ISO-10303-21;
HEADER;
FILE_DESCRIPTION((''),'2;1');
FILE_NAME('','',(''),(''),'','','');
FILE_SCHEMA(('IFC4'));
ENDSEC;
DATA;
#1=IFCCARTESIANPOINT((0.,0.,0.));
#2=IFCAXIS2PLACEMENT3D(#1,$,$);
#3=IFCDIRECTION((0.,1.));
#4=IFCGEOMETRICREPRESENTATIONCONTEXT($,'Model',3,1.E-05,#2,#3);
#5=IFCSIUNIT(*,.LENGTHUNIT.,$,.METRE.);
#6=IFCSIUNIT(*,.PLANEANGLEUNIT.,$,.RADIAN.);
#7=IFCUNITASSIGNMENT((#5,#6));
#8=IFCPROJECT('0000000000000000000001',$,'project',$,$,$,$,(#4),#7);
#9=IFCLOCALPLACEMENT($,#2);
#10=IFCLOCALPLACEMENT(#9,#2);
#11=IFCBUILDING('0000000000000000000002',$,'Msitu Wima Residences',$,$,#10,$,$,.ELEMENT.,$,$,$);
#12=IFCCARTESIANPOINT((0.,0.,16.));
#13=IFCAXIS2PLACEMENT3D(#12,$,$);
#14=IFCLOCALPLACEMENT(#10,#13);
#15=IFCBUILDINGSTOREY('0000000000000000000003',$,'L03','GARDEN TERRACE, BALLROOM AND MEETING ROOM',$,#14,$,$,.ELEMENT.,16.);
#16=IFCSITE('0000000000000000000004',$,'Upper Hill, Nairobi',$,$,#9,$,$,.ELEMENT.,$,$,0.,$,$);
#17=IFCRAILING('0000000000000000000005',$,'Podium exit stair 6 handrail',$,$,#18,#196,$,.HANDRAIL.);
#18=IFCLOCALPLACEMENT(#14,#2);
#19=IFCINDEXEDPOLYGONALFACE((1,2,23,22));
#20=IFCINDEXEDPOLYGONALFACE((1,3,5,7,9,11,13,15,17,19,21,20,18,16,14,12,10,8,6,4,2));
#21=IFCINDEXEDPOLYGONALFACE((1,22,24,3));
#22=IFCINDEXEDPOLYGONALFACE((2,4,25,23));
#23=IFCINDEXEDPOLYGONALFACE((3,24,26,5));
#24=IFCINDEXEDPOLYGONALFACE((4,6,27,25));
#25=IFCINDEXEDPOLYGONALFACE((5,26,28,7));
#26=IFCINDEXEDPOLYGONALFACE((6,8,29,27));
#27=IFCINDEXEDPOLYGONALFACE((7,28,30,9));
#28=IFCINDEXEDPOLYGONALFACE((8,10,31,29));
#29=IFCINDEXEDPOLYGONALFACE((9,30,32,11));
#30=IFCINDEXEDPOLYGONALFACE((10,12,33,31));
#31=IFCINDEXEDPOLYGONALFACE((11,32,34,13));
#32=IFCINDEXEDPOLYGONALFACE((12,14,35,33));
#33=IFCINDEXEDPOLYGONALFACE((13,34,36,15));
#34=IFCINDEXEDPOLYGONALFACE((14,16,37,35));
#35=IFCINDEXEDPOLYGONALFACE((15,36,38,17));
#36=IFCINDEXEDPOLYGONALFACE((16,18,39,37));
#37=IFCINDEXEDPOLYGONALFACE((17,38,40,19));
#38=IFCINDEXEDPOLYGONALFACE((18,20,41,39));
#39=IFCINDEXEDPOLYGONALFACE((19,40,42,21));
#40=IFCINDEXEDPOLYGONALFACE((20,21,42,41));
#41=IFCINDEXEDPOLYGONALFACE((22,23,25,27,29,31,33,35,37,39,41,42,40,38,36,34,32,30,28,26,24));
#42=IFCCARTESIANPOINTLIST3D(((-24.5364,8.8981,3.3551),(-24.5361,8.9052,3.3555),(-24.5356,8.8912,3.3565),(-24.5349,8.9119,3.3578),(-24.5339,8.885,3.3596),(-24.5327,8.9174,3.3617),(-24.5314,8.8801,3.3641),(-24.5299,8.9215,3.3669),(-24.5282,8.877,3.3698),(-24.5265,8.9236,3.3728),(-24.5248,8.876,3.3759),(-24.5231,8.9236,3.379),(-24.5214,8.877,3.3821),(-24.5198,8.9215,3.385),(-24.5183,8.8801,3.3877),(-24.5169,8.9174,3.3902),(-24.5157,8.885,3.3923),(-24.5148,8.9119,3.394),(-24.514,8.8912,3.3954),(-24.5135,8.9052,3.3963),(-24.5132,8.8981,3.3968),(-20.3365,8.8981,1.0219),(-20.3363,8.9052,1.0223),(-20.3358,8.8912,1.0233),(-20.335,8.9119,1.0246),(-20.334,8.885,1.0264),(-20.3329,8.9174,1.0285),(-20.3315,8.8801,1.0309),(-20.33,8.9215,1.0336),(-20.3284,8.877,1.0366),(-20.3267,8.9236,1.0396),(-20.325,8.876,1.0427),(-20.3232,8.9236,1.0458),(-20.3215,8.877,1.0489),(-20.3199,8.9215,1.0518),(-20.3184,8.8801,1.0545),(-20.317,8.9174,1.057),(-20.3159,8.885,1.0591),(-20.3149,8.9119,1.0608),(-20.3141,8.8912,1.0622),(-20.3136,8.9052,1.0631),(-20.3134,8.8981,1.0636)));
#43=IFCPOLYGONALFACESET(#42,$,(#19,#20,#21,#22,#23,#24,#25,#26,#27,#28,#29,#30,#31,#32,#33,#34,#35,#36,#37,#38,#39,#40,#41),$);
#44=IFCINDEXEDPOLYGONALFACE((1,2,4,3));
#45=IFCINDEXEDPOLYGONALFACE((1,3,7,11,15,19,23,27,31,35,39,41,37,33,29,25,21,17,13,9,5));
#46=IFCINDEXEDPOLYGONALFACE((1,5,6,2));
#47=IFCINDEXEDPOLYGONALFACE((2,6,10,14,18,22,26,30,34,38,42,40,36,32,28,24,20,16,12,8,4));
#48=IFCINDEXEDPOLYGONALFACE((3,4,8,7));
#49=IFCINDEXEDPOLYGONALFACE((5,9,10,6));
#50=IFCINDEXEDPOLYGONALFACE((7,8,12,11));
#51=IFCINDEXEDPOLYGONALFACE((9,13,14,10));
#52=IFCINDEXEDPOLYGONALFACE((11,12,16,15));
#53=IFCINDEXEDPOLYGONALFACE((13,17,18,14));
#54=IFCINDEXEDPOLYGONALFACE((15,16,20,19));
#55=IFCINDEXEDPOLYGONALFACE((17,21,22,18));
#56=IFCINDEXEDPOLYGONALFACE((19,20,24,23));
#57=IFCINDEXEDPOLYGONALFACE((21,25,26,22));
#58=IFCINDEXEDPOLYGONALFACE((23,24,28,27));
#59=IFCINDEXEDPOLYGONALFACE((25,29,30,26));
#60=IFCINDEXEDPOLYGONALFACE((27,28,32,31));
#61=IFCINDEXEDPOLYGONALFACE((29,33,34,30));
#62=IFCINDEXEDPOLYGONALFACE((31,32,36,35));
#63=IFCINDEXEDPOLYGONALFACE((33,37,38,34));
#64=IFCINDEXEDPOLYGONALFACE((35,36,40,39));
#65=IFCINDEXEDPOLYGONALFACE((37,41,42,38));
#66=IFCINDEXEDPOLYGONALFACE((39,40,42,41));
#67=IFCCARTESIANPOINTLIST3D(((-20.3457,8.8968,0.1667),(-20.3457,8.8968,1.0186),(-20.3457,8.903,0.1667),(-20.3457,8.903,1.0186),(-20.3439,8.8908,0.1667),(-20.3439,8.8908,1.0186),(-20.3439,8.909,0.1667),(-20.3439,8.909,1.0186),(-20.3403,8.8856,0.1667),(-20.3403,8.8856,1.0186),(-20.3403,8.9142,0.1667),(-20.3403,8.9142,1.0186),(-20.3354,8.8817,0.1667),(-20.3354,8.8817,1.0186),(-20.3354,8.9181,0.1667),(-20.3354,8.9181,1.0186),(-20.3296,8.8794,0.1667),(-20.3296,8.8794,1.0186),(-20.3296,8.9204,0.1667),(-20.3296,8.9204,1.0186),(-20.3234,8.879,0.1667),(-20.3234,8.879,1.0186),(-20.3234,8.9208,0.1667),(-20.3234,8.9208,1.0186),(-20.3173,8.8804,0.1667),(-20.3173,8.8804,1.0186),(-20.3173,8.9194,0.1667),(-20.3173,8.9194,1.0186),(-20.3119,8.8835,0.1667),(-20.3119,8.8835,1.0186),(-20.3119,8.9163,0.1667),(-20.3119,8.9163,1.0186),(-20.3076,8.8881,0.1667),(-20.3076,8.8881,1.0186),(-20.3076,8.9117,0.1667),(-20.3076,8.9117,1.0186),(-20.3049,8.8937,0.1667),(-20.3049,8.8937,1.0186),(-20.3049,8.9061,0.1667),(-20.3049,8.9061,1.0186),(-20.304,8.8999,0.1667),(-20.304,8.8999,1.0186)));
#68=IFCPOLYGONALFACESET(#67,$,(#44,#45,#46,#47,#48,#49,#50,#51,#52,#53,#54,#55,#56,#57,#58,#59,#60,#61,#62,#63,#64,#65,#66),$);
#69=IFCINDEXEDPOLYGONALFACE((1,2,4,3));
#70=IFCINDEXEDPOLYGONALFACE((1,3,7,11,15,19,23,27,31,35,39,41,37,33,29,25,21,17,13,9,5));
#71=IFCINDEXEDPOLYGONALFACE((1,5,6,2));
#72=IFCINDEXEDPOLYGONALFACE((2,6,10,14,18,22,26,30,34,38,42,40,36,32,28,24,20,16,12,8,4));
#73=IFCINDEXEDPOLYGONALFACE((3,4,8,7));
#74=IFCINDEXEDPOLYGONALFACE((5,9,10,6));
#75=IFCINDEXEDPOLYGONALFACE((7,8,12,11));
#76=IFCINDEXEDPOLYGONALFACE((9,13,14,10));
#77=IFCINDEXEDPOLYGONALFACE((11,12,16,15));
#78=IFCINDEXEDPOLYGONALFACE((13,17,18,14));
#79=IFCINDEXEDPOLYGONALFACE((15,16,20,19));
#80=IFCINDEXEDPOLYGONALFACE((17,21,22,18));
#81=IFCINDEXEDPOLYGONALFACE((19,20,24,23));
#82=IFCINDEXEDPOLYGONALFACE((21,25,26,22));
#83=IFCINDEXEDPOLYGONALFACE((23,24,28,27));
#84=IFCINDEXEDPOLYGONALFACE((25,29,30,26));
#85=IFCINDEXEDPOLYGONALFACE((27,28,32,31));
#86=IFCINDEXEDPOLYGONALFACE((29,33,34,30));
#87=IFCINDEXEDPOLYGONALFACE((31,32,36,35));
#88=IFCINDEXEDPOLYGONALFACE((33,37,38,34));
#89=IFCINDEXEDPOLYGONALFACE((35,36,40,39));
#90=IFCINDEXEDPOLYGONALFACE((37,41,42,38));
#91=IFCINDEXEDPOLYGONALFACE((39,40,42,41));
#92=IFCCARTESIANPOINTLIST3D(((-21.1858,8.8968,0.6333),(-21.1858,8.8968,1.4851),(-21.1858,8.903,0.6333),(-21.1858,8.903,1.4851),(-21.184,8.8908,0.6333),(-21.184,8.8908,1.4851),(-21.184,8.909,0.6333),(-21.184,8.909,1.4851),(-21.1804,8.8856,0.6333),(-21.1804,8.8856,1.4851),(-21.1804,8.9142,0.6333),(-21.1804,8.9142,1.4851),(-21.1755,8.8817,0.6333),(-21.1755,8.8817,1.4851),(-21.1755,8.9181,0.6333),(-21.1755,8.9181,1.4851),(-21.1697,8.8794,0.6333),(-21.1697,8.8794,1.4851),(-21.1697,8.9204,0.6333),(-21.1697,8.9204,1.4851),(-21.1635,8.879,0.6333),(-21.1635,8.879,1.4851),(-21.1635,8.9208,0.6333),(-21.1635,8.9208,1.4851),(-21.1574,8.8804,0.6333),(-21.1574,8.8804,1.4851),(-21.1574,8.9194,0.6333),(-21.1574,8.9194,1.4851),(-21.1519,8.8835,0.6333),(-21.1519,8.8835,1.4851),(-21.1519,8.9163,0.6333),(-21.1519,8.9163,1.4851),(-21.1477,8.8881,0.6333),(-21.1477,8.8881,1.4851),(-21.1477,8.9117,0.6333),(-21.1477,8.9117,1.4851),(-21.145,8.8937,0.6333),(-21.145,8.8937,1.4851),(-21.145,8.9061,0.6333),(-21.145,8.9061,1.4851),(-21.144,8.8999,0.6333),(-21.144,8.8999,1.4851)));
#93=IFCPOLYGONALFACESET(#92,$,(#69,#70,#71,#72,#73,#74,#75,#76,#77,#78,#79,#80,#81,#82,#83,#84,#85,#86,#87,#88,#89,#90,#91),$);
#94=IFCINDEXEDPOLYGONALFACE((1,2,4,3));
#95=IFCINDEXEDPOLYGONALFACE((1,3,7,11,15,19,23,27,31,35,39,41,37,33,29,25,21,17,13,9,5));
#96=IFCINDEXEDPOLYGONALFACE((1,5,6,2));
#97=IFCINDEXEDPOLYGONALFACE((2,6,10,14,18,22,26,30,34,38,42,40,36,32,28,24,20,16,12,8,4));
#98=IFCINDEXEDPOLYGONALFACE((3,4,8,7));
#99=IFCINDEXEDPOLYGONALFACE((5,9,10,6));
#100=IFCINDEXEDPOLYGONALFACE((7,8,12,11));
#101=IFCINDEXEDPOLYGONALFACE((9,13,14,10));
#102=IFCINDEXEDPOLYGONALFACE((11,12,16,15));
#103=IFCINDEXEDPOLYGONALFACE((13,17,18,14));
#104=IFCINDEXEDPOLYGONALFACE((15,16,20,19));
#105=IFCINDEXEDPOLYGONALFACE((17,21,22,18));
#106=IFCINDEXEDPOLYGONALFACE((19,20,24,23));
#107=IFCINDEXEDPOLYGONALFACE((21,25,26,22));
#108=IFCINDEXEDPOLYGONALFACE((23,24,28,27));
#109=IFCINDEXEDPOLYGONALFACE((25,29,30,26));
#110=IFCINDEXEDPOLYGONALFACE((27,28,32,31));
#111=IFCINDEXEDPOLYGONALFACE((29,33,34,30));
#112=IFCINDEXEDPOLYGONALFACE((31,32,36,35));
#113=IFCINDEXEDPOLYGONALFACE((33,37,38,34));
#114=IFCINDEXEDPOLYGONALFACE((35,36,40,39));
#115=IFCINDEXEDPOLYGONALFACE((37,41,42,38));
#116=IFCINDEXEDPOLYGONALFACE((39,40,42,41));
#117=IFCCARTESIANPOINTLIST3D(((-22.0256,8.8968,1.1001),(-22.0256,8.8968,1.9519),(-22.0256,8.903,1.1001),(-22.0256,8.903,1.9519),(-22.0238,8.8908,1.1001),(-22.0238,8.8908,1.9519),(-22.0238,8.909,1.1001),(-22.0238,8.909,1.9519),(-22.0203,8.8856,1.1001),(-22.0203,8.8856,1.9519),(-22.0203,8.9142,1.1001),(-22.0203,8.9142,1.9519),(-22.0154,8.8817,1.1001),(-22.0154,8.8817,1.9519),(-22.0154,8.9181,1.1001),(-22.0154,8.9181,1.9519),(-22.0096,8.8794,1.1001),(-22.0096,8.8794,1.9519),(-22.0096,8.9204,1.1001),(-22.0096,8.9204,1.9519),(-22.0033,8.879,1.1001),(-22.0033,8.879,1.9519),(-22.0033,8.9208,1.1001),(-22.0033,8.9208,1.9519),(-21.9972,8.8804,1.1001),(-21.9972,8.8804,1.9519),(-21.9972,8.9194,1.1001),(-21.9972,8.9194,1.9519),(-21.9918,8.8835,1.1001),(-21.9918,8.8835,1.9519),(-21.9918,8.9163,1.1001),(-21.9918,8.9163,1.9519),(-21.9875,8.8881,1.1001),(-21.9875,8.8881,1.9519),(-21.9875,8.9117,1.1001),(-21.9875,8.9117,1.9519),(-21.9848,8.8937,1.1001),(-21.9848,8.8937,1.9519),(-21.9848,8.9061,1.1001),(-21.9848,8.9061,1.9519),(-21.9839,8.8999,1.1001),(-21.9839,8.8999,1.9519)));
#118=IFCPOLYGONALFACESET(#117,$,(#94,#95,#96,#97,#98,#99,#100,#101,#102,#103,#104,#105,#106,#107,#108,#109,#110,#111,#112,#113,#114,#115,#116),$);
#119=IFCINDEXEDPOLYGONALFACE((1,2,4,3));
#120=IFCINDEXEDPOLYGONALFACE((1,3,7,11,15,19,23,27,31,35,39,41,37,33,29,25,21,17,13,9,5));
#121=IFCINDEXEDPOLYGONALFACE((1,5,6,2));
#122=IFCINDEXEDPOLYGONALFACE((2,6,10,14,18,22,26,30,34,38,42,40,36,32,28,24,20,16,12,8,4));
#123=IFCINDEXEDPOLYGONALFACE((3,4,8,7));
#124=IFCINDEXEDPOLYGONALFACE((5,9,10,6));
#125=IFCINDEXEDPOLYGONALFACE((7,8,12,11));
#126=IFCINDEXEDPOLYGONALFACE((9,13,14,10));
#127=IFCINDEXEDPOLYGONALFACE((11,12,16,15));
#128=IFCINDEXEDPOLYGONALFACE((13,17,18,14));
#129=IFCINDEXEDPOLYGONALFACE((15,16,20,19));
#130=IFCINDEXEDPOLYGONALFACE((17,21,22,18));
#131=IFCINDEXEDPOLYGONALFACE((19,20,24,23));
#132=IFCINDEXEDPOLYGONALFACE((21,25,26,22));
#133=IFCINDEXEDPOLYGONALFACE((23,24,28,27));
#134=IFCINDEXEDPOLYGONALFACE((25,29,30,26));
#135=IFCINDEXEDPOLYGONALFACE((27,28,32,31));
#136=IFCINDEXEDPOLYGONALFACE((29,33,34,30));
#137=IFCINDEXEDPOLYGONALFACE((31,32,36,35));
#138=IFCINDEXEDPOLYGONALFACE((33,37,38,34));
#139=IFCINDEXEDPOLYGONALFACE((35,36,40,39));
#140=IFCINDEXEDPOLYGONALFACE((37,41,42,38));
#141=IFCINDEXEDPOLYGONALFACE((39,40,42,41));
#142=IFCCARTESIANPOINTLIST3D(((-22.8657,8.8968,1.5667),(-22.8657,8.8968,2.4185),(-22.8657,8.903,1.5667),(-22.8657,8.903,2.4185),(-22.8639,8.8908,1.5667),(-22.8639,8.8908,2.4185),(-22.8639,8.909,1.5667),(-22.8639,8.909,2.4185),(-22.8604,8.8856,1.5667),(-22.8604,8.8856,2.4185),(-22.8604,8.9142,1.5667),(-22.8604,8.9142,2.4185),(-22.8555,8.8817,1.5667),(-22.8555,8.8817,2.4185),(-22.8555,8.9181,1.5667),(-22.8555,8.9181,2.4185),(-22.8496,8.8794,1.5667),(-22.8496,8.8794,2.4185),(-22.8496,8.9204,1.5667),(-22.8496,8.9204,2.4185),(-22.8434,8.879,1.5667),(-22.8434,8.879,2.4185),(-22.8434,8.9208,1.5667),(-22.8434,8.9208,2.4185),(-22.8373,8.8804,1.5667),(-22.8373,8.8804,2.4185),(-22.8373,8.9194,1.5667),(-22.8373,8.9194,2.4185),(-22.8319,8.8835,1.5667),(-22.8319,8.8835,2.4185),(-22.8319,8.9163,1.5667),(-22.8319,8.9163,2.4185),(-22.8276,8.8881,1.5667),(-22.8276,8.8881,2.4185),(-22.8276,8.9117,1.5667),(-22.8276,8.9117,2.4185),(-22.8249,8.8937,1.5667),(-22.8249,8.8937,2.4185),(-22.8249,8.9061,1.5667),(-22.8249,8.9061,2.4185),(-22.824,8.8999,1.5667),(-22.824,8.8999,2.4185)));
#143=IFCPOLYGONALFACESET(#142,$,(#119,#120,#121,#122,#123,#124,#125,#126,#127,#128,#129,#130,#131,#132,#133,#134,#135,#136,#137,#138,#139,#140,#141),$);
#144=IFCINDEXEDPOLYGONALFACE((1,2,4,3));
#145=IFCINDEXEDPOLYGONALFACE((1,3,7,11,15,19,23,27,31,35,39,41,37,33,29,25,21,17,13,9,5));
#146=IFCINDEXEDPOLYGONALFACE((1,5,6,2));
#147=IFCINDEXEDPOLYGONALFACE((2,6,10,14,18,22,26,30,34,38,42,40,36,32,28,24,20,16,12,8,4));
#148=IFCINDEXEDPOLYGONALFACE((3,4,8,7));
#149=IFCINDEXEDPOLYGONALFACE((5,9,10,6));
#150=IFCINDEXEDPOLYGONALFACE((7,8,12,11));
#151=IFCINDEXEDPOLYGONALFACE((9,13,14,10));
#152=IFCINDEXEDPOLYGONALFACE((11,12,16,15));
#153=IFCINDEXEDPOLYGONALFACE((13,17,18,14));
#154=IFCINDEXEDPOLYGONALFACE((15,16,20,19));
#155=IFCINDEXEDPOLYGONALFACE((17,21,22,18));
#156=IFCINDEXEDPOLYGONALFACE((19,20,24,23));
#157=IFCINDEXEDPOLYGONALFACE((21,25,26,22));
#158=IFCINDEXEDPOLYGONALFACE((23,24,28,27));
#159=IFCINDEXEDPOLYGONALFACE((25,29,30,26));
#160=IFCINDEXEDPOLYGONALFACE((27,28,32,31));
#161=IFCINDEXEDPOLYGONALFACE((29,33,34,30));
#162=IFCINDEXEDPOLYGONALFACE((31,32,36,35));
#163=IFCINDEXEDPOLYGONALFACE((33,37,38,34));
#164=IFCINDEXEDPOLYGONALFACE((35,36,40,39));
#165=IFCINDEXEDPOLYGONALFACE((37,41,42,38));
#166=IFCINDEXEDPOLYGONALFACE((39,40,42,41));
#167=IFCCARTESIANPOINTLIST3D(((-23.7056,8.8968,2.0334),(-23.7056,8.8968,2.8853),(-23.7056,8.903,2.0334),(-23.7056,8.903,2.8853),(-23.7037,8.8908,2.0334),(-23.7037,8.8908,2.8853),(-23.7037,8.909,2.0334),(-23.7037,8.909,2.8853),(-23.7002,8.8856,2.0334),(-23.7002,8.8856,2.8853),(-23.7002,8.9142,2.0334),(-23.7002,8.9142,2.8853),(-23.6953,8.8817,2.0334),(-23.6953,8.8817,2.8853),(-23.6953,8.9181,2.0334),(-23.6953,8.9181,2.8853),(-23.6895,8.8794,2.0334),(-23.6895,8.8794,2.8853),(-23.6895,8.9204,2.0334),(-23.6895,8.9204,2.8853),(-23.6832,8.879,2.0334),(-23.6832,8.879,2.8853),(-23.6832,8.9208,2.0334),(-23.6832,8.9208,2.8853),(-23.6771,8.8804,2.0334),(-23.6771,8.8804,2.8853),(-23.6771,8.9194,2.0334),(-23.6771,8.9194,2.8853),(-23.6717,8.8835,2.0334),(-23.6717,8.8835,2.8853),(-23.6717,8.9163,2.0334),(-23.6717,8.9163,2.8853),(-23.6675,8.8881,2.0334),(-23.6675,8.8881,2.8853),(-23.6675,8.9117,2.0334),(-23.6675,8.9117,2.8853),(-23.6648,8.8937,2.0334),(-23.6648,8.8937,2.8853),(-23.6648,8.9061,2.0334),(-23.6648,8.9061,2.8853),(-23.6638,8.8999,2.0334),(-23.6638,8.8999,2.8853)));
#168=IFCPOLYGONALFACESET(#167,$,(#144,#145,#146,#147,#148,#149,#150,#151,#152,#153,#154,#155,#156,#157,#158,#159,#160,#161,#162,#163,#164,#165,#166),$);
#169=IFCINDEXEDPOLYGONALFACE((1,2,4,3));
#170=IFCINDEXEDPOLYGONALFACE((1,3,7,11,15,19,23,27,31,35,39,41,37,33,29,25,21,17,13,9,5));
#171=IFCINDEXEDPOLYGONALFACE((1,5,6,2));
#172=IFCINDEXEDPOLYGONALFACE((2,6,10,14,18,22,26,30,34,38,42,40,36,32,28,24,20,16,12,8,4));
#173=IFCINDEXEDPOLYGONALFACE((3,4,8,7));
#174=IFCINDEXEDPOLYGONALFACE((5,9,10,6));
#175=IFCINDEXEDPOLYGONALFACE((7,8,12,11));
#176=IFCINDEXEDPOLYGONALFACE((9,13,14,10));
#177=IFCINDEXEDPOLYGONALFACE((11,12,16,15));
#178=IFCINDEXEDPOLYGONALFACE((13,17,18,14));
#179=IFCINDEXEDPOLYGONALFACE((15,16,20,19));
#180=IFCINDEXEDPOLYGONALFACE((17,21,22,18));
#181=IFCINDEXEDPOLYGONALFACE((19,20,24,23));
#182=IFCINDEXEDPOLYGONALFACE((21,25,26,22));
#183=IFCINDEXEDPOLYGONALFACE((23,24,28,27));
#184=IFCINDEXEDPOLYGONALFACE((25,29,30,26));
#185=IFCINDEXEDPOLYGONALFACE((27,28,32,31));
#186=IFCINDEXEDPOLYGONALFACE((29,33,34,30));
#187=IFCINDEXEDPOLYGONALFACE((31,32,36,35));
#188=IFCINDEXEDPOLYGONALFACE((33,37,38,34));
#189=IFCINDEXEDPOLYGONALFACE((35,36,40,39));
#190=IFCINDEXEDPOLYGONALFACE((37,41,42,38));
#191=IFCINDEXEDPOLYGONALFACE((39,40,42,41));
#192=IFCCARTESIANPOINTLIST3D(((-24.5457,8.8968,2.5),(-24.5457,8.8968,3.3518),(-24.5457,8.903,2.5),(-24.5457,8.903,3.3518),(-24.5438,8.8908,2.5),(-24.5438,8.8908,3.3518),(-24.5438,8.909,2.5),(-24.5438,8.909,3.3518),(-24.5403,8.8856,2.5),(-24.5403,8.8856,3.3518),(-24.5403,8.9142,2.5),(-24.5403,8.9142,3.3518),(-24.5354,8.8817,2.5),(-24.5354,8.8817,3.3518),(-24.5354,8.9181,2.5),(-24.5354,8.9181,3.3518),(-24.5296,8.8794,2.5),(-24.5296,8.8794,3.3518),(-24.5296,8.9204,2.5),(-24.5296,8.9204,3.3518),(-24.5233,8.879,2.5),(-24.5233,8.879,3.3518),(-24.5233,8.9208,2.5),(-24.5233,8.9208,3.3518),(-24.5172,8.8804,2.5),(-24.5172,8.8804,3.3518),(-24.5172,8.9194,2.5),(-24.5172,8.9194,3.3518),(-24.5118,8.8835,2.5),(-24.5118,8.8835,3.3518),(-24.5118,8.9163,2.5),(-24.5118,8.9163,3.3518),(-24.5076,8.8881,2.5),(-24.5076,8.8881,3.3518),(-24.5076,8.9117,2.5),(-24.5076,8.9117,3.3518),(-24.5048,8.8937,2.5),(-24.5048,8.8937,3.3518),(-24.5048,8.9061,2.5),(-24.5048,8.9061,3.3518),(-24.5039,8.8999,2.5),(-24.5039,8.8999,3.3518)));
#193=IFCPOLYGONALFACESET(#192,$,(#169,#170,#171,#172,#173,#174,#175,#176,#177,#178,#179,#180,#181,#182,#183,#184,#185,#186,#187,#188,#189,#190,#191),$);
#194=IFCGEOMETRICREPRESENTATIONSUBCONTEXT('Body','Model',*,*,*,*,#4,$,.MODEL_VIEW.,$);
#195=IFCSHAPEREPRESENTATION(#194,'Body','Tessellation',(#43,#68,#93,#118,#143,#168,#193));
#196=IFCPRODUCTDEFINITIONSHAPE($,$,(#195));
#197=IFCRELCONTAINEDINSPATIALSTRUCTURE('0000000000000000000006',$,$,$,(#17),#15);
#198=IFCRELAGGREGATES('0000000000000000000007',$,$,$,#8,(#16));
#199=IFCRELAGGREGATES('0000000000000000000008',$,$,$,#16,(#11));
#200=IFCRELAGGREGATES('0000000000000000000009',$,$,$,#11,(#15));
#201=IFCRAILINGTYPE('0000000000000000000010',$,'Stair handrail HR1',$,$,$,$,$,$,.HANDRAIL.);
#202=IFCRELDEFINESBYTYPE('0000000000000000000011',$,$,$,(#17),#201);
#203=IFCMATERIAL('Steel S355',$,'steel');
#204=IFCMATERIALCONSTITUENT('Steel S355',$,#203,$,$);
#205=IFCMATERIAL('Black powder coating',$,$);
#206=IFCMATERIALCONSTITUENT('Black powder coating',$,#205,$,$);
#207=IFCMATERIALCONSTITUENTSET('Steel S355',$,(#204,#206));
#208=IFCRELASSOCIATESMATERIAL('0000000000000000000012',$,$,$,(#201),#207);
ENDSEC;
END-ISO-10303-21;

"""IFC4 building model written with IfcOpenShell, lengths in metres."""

from ifc_helpers import new_model, si_unit, direction, frame, origin, origin_2d, place, context, subcontext, project, spatial, circle, extrude, material, constituent, constituent_set, type_object, element, save


model = new_model("IFC4")

# Units and contexts
model_context = context("Model", 3, precision=1e-05, world=origin(), true_north=direction((0.0, 1.0)))
body_context = subcontext(model_context, "Body", "Model", "MODEL_VIEW")
ifc_project = project(units=[si_unit("LENGTHUNIT", "METRE"), si_unit("PLANEANGLEUNIT", "RADIAN")], contexts=[model_context])

# Site, building, storey
site_placement = place(None, origin())
site = spatial("IfcSite", under=ifc_project, at=site_placement, Name="Upper Hill, Nairobi", CompositionType="ELEMENT", RefElevation=0.0)
building_placement = place(site_placement, origin())
building = spatial("IfcBuilding", under=site, at=building_placement, Name="Msitu Wima Residences", CompositionType="ELEMENT")
storey_placement = place(building_placement, frame((0.0, 0.0, 16.0)))
storey = spatial("IfcBuildingStorey", under=building, at=storey_placement, Name="L03", Description="GARDEN TERRACE, BALLROOM AND MEETING ROOM", CompositionType="ELEMENT", Elevation=16.0)

# Railing
ifc_material_1 = material(Name="Steel S355", Category="steel")
ifc_constituent_1 = constituent(ifc_material_1, Name="Steel S355")
ifc_material_2 = material(Name="Black powder coating")
ifc_constituent_2 = constituent(ifc_material_2, Name="Black powder coating")
ifc_constituent_set = constituent_set(constituents=[ifc_constituent_1, ifc_constituent_2], Name="Steel S355")
railing_type = type_object("IfcRailingType", Name="Stair handrail HR1", PredefinedType="HANDRAIL", material=ifc_constituent_set)
for number, where, name in (
    (1, (-20.325, 8.8999, 0.1667), "Podium exit stair 6 handrail"),
):
    element("IfcRailing", number, at=place(storey_placement, frame(where)), inside=storey, type_object=railing_type, Name=name, PredefinedType="HANDRAIL", context=body_context, shape_type="SweptSolid", body=[
        extrude(circle(Radius=0.0239, at=origin_2d()), frame((0.0, 0.0, 0.876), z_axis=(-0.874162, 0.0, 0.485634), x_axis=(0.0, -1.0, 0.0)), (0.0, 0.0, 1.0), 4.8044),
        extrude(circle(Radius=0.021, at=origin_2d()), origin(), (0.0, 0.0, 1.0), 0.8518),
        extrude(circle(Radius=0.021, at=origin_2d()), frame((-0.8401, 0.0, 0.4666)), (0.0, 0.0, 1.0), 0.8518),
        extrude(circle(Radius=0.021, at=origin_2d()), frame((-1.6799, 0.0, 0.9333)), (0.0, 0.0, 1.0), 0.8518),
        extrude(circle(Radius=0.021, at=origin_2d()), frame((-2.52, 0.0, 1.3999)), (0.0, 0.0, 1.0), 0.8518),
        extrude(circle(Radius=0.021, at=origin_2d()), frame((-3.3599, 0.0, 1.8667)), (0.0, 0.0, 1.0), 0.8518),
        extrude(circle(Radius=0.021, at=origin_2d()), frame((-4.2, 0.0, 2.3333)), (0.0, 0.0, 1.0), 0.8518),
    ])

save(model, "model.ifc")
